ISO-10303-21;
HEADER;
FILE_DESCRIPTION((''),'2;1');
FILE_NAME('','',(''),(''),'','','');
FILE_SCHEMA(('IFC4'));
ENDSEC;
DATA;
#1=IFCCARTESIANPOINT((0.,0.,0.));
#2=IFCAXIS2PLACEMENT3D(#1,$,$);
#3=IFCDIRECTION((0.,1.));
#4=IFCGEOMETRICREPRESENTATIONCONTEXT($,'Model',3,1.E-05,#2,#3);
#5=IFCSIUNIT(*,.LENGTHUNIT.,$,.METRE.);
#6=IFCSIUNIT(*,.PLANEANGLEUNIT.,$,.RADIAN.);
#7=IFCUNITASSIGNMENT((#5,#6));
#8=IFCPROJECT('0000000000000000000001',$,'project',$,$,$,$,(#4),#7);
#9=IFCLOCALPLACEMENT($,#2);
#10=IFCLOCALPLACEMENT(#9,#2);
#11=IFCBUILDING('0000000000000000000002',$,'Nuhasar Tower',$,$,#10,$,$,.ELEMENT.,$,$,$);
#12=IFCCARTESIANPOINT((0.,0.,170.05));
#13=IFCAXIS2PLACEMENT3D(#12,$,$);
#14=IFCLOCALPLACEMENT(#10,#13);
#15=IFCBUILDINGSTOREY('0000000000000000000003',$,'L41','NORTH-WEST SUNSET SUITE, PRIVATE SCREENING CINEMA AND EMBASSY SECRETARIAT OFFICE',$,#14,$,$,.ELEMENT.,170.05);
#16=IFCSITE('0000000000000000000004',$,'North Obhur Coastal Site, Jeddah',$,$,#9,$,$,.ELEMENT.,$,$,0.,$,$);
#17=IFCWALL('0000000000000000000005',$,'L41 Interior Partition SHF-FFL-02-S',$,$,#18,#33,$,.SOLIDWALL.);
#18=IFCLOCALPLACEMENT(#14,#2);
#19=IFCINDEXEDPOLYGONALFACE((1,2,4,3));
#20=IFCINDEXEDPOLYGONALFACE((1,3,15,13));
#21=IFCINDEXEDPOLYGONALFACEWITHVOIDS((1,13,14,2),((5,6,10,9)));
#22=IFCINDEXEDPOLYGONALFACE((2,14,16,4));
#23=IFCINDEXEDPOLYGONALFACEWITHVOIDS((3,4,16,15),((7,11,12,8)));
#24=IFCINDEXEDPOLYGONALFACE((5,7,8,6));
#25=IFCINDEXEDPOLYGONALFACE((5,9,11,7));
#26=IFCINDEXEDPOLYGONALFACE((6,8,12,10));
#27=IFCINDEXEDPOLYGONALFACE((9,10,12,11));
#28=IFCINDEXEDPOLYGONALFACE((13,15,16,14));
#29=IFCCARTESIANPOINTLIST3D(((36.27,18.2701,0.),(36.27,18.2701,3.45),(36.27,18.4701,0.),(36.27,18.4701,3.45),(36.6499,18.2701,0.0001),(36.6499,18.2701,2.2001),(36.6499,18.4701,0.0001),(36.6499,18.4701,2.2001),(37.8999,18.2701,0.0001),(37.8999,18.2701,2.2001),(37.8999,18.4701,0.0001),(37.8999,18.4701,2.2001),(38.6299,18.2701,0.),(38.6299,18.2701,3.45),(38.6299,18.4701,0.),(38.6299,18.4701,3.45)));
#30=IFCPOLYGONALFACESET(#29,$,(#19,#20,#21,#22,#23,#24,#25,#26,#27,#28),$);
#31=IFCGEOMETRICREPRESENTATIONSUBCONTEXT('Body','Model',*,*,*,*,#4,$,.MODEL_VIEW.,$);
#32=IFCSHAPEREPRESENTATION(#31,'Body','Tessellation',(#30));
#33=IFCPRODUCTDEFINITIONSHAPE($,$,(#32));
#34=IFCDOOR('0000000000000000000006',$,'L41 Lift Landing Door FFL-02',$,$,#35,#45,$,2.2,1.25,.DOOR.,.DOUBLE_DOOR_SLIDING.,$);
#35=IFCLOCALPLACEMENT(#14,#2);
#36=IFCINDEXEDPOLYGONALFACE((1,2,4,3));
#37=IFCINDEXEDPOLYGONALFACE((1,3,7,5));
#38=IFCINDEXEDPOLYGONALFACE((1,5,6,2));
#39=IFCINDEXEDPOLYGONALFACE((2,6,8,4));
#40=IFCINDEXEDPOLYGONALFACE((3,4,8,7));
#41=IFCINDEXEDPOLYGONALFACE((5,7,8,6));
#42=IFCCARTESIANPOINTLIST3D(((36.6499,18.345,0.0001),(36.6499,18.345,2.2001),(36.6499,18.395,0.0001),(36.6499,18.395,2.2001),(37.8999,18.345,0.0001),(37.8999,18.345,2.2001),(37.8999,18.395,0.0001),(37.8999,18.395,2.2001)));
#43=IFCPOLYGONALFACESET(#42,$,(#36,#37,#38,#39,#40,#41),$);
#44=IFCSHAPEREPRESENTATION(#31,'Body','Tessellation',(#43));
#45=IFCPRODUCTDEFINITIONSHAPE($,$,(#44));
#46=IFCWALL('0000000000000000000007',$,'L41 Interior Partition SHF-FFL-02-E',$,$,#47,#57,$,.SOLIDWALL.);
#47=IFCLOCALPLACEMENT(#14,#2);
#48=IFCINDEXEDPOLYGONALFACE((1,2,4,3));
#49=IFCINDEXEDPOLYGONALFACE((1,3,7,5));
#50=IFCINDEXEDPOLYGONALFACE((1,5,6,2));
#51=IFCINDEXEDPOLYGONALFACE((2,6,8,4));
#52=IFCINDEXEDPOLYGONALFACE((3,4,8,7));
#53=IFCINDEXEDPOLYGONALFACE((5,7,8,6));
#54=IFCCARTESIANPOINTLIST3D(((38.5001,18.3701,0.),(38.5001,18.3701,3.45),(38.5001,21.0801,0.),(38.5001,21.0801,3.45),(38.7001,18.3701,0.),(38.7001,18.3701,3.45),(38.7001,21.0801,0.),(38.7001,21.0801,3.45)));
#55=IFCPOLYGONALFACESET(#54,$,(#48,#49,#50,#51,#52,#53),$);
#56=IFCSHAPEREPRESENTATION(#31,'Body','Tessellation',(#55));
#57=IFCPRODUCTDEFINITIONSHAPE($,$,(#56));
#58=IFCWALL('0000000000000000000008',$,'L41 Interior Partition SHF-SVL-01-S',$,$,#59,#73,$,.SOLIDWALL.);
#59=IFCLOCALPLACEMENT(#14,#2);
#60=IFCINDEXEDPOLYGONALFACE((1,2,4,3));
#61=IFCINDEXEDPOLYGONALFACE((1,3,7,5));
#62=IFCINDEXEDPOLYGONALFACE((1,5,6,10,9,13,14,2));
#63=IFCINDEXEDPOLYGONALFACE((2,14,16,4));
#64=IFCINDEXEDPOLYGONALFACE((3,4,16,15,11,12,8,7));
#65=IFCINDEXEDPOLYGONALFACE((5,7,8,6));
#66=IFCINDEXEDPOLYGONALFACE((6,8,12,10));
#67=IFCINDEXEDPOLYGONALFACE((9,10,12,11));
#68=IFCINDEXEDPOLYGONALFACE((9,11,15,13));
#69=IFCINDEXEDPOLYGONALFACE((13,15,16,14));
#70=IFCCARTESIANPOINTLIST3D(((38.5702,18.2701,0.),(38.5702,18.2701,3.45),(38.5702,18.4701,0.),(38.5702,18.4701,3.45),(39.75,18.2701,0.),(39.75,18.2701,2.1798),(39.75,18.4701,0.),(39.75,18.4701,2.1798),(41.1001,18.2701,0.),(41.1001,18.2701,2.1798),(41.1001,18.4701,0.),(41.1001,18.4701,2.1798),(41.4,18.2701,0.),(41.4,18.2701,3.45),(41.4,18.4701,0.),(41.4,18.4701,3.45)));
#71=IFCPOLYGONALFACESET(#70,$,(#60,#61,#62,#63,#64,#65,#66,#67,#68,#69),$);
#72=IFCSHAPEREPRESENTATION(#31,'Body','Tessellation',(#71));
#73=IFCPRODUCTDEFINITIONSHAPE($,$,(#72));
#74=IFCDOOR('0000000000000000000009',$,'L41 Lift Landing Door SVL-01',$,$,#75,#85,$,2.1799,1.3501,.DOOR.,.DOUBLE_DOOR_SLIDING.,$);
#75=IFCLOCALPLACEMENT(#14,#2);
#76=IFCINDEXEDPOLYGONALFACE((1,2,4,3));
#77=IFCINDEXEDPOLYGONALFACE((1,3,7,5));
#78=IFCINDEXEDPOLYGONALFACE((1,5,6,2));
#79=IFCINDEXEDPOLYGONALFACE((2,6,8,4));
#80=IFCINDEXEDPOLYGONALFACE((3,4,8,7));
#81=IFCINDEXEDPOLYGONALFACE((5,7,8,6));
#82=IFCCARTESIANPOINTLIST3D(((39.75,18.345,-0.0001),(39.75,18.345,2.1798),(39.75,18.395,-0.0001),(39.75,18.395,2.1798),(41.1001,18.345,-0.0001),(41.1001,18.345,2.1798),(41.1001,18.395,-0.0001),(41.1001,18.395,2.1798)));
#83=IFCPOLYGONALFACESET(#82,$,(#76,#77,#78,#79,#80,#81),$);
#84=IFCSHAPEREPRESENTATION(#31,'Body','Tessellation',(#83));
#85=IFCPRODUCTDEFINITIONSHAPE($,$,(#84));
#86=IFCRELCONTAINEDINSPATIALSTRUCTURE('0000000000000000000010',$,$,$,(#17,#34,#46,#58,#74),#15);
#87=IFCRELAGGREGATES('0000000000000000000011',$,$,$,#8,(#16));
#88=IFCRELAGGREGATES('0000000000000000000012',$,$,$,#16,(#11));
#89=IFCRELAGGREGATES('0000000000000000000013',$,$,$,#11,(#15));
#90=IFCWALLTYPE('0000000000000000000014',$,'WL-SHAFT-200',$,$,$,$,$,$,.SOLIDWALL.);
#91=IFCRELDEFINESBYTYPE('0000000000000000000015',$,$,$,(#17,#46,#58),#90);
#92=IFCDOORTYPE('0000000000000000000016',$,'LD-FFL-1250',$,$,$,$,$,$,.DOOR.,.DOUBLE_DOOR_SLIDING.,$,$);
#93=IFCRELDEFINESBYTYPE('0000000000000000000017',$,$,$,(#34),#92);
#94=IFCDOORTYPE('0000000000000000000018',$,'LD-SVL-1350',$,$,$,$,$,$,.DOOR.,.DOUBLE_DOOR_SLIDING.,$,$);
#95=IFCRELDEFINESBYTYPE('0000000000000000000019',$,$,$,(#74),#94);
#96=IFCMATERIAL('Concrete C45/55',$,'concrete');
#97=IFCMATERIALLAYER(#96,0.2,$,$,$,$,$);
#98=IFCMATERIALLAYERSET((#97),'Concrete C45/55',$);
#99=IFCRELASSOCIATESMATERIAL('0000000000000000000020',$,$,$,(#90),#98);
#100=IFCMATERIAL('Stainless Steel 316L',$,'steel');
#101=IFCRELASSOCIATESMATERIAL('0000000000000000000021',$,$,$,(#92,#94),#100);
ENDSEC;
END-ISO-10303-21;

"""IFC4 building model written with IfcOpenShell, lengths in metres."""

from ifc_helpers import new_model, si_unit, direction, frame, frame_2d, origin, place, context, subcontext, project, spatial, rectangle, extrude, material, layer, layer_set, type_object, element, fill, save


model = new_model("IFC4")

# Units and contexts
model_context = context("Model", 3, precision=1e-05, world=origin(), true_north=direction((0.0, 1.0)))
body_context = subcontext(model_context, "Body", "Model", "MODEL_VIEW")
ifc_project = project(units=[si_unit("LENGTHUNIT", "METRE"), si_unit("PLANEANGLEUNIT", "RADIAN")], contexts=[model_context])

# Site, building, storey
site_placement = place(None, origin())
site = spatial("IfcSite", under=ifc_project, at=site_placement, Name="North Obhur Coastal Site, Jeddah", CompositionType="ELEMENT", RefElevation=0.0)
building_placement = place(site_placement, origin())
building = spatial("IfcBuilding", under=site, at=building_placement, Name="Nuhasar Tower", CompositionType="ELEMENT")
storey_placement = place(building_placement, frame((0.0, 0.0, 170.05)))
storey = spatial("IfcBuildingStorey", under=building, at=storey_placement, Name="L41", Description="NORTH-WEST SUNSET SUITE, PRIVATE SCREENING CINEMA AND EMBASSY SECRETARIAT OFFICE", CompositionType="ELEMENT", Elevation=170.05)

# Shared definitions
ifc_material_1 = material(Name="Concrete C45/55", Category="concrete")

# Shared definitions
ifc_layer_1 = layer(ifc_material_1, 0.2)
ifc_layer_set_1 = layer_set([ifc_layer_1], Name="Concrete C45/55")
wall_type_1 = type_object("IfcWallType", Name="WL-SHAFT-200", PredefinedType="SOLIDWALL", material=ifc_layer_set_1)

# Shared definitions
ifc_material_2 = material(Name="Stainless Steel 316L", Category="steel")
door_type_1 = type_object("IfcDoorType", Name="LD-FFL-1250", OperationType="DOUBLE_DOOR_SLIDING", PredefinedType="DOOR", material=ifc_material_2)

# Wall, opening, door
wall_1_placement = place(storey_placement, frame((36.27, 18.3701, 0.0), z_axis=(0.0, 0.0, 1.0), x_axis=(1.0, 0.0, 0.0)))
wall_1 = element("IfcWall", 1, at=wall_1_placement, inside=storey, type_object=wall_type_1, Name="L41 Interior Partition SHF-FFL-02-S", PredefinedType="SOLIDWALL", context=body_context, shape_type="SweptSolid", body=[
    extrude(rectangle(XDim=2.3599, YDim=0.2, at=frame_2d((1.1799, 0.0))), origin(), (0.0, 0.0, 1.0), 3.45),
])
opening_1_placement = place(wall_1_placement, frame((0.3799, 0.0, 0.0)))
opening_1 = element("IfcOpeningElement", 2, at=opening_1_placement, cuts=wall_1, PredefinedType="OPENING", context=body_context, shape_type="SweptSolid", body=[
    extrude(rectangle(XDim=1.25, YDim=2.2, at=frame_2d((0.625, 1.1001))), frame((0.0, 0.1099, 0.0), z_axis=(0.0, -1.0, 0.0), x_axis=(1.0, 0.0, 0.0)), (0.0, 0.0, 1.0), 0.22),
])
door_1_placement = place(opening_1_placement, origin())
door_1 = element("IfcDoor", 3, at=door_1_placement, inside=storey, type_object=door_type_1, Name="L41 Lift Landing Door FFL-02", OperationType="DOUBLE_DOOR_SLIDING", OverallHeight=2.2, OverallWidth=1.25, PredefinedType="DOOR", context=body_context, shape_type="SweptSolid", body=[
    extrude(rectangle(XDim=1.25, YDim=2.2, at=frame_2d((0.625, 1.1001))), frame((0.0, 0.0249, 0.0), z_axis=(0.0, -1.0, 0.0), x_axis=(1.0, 0.0, 0.0)), (0.0, 0.0, 1.0), 0.05),
])
fill(opening_1, door_1)

# Wall
wall_2_placement = place(storey_placement, frame((38.6001, 18.3701, 0.0), z_axis=(0.0, 0.0, 1.0), x_axis=(0.0, 1.0, 0.0)))
element("IfcWall", 4, at=wall_2_placement, inside=storey, type_object=wall_type_1, Name="L41 Interior Partition SHF-FFL-02-E", PredefinedType="SOLIDWALL", context=body_context, shape_type="SweptSolid", body=[
    extrude(rectangle(XDim=2.71, YDim=0.2, at=frame_2d((1.355, 0.0))), origin(), (0.0, 0.0, 1.0), 3.45),
])

# Wall, opening, door
wall_3_placement = place(storey_placement, frame((38.5701, 18.3701, 0.0), z_axis=(0.0, 0.0, 1.0), x_axis=(1.0, 0.0, 0.0)))
wall_3 = element("IfcWall", 5, at=wall_3_placement, inside=storey, type_object=wall_type_1, Name="L41 Interior Partition SHF-SVL-01-S", PredefinedType="SOLIDWALL", context=body_context, shape_type="SweptSolid", body=[
    extrude(rectangle(XDim=2.8298, YDim=0.2, at=frame_2d((1.415, 0.0))), origin(), (0.0, 0.0, 1.0), 3.45),
])
opening_2_placement = place(wall_3_placement, frame((1.1799, 0.0, 0.0)))
opening_2 = element("IfcOpeningElement", 6, at=opening_2_placement, cuts=wall_3, PredefinedType="OPENING", context=body_context, shape_type="SweptSolid", body=[
    extrude(rectangle(XDim=1.3501, YDim=2.1799, at=frame_2d((0.675, 1.0898))), frame((0.0, 0.1099, 0.0), z_axis=(0.0, -1.0, 0.0), x_axis=(1.0, 0.0, 0.0)), (0.0, 0.0, 1.0), 0.22),
])
door_type_2 = type_object("IfcDoorType", Name="LD-SVL-1350", OperationType="DOUBLE_DOOR_SLIDING", PredefinedType="DOOR", material=ifc_material_2)
door_2_placement = place(opening_2_placement, origin())
door_2 = element("IfcDoor", 7, at=door_2_placement, inside=storey, type_object=door_type_2, Name="L41 Lift Landing Door SVL-01", OperationType="DOUBLE_DOOR_SLIDING", OverallHeight=2.1799, OverallWidth=1.3501, PredefinedType="DOOR", context=body_context, shape_type="SweptSolid", body=[
    extrude(rectangle(XDim=1.3501, YDim=2.1799, at=frame_2d((0.675, 1.0898))), frame((0.0, 0.0249, 0.0), z_axis=(0.0, -1.0, 0.0), x_axis=(1.0, 0.0, 0.0)), (0.0, 0.0, 1.0), 0.05),
])
fill(opening_2, door_2)

save(model, "model.ifc")
